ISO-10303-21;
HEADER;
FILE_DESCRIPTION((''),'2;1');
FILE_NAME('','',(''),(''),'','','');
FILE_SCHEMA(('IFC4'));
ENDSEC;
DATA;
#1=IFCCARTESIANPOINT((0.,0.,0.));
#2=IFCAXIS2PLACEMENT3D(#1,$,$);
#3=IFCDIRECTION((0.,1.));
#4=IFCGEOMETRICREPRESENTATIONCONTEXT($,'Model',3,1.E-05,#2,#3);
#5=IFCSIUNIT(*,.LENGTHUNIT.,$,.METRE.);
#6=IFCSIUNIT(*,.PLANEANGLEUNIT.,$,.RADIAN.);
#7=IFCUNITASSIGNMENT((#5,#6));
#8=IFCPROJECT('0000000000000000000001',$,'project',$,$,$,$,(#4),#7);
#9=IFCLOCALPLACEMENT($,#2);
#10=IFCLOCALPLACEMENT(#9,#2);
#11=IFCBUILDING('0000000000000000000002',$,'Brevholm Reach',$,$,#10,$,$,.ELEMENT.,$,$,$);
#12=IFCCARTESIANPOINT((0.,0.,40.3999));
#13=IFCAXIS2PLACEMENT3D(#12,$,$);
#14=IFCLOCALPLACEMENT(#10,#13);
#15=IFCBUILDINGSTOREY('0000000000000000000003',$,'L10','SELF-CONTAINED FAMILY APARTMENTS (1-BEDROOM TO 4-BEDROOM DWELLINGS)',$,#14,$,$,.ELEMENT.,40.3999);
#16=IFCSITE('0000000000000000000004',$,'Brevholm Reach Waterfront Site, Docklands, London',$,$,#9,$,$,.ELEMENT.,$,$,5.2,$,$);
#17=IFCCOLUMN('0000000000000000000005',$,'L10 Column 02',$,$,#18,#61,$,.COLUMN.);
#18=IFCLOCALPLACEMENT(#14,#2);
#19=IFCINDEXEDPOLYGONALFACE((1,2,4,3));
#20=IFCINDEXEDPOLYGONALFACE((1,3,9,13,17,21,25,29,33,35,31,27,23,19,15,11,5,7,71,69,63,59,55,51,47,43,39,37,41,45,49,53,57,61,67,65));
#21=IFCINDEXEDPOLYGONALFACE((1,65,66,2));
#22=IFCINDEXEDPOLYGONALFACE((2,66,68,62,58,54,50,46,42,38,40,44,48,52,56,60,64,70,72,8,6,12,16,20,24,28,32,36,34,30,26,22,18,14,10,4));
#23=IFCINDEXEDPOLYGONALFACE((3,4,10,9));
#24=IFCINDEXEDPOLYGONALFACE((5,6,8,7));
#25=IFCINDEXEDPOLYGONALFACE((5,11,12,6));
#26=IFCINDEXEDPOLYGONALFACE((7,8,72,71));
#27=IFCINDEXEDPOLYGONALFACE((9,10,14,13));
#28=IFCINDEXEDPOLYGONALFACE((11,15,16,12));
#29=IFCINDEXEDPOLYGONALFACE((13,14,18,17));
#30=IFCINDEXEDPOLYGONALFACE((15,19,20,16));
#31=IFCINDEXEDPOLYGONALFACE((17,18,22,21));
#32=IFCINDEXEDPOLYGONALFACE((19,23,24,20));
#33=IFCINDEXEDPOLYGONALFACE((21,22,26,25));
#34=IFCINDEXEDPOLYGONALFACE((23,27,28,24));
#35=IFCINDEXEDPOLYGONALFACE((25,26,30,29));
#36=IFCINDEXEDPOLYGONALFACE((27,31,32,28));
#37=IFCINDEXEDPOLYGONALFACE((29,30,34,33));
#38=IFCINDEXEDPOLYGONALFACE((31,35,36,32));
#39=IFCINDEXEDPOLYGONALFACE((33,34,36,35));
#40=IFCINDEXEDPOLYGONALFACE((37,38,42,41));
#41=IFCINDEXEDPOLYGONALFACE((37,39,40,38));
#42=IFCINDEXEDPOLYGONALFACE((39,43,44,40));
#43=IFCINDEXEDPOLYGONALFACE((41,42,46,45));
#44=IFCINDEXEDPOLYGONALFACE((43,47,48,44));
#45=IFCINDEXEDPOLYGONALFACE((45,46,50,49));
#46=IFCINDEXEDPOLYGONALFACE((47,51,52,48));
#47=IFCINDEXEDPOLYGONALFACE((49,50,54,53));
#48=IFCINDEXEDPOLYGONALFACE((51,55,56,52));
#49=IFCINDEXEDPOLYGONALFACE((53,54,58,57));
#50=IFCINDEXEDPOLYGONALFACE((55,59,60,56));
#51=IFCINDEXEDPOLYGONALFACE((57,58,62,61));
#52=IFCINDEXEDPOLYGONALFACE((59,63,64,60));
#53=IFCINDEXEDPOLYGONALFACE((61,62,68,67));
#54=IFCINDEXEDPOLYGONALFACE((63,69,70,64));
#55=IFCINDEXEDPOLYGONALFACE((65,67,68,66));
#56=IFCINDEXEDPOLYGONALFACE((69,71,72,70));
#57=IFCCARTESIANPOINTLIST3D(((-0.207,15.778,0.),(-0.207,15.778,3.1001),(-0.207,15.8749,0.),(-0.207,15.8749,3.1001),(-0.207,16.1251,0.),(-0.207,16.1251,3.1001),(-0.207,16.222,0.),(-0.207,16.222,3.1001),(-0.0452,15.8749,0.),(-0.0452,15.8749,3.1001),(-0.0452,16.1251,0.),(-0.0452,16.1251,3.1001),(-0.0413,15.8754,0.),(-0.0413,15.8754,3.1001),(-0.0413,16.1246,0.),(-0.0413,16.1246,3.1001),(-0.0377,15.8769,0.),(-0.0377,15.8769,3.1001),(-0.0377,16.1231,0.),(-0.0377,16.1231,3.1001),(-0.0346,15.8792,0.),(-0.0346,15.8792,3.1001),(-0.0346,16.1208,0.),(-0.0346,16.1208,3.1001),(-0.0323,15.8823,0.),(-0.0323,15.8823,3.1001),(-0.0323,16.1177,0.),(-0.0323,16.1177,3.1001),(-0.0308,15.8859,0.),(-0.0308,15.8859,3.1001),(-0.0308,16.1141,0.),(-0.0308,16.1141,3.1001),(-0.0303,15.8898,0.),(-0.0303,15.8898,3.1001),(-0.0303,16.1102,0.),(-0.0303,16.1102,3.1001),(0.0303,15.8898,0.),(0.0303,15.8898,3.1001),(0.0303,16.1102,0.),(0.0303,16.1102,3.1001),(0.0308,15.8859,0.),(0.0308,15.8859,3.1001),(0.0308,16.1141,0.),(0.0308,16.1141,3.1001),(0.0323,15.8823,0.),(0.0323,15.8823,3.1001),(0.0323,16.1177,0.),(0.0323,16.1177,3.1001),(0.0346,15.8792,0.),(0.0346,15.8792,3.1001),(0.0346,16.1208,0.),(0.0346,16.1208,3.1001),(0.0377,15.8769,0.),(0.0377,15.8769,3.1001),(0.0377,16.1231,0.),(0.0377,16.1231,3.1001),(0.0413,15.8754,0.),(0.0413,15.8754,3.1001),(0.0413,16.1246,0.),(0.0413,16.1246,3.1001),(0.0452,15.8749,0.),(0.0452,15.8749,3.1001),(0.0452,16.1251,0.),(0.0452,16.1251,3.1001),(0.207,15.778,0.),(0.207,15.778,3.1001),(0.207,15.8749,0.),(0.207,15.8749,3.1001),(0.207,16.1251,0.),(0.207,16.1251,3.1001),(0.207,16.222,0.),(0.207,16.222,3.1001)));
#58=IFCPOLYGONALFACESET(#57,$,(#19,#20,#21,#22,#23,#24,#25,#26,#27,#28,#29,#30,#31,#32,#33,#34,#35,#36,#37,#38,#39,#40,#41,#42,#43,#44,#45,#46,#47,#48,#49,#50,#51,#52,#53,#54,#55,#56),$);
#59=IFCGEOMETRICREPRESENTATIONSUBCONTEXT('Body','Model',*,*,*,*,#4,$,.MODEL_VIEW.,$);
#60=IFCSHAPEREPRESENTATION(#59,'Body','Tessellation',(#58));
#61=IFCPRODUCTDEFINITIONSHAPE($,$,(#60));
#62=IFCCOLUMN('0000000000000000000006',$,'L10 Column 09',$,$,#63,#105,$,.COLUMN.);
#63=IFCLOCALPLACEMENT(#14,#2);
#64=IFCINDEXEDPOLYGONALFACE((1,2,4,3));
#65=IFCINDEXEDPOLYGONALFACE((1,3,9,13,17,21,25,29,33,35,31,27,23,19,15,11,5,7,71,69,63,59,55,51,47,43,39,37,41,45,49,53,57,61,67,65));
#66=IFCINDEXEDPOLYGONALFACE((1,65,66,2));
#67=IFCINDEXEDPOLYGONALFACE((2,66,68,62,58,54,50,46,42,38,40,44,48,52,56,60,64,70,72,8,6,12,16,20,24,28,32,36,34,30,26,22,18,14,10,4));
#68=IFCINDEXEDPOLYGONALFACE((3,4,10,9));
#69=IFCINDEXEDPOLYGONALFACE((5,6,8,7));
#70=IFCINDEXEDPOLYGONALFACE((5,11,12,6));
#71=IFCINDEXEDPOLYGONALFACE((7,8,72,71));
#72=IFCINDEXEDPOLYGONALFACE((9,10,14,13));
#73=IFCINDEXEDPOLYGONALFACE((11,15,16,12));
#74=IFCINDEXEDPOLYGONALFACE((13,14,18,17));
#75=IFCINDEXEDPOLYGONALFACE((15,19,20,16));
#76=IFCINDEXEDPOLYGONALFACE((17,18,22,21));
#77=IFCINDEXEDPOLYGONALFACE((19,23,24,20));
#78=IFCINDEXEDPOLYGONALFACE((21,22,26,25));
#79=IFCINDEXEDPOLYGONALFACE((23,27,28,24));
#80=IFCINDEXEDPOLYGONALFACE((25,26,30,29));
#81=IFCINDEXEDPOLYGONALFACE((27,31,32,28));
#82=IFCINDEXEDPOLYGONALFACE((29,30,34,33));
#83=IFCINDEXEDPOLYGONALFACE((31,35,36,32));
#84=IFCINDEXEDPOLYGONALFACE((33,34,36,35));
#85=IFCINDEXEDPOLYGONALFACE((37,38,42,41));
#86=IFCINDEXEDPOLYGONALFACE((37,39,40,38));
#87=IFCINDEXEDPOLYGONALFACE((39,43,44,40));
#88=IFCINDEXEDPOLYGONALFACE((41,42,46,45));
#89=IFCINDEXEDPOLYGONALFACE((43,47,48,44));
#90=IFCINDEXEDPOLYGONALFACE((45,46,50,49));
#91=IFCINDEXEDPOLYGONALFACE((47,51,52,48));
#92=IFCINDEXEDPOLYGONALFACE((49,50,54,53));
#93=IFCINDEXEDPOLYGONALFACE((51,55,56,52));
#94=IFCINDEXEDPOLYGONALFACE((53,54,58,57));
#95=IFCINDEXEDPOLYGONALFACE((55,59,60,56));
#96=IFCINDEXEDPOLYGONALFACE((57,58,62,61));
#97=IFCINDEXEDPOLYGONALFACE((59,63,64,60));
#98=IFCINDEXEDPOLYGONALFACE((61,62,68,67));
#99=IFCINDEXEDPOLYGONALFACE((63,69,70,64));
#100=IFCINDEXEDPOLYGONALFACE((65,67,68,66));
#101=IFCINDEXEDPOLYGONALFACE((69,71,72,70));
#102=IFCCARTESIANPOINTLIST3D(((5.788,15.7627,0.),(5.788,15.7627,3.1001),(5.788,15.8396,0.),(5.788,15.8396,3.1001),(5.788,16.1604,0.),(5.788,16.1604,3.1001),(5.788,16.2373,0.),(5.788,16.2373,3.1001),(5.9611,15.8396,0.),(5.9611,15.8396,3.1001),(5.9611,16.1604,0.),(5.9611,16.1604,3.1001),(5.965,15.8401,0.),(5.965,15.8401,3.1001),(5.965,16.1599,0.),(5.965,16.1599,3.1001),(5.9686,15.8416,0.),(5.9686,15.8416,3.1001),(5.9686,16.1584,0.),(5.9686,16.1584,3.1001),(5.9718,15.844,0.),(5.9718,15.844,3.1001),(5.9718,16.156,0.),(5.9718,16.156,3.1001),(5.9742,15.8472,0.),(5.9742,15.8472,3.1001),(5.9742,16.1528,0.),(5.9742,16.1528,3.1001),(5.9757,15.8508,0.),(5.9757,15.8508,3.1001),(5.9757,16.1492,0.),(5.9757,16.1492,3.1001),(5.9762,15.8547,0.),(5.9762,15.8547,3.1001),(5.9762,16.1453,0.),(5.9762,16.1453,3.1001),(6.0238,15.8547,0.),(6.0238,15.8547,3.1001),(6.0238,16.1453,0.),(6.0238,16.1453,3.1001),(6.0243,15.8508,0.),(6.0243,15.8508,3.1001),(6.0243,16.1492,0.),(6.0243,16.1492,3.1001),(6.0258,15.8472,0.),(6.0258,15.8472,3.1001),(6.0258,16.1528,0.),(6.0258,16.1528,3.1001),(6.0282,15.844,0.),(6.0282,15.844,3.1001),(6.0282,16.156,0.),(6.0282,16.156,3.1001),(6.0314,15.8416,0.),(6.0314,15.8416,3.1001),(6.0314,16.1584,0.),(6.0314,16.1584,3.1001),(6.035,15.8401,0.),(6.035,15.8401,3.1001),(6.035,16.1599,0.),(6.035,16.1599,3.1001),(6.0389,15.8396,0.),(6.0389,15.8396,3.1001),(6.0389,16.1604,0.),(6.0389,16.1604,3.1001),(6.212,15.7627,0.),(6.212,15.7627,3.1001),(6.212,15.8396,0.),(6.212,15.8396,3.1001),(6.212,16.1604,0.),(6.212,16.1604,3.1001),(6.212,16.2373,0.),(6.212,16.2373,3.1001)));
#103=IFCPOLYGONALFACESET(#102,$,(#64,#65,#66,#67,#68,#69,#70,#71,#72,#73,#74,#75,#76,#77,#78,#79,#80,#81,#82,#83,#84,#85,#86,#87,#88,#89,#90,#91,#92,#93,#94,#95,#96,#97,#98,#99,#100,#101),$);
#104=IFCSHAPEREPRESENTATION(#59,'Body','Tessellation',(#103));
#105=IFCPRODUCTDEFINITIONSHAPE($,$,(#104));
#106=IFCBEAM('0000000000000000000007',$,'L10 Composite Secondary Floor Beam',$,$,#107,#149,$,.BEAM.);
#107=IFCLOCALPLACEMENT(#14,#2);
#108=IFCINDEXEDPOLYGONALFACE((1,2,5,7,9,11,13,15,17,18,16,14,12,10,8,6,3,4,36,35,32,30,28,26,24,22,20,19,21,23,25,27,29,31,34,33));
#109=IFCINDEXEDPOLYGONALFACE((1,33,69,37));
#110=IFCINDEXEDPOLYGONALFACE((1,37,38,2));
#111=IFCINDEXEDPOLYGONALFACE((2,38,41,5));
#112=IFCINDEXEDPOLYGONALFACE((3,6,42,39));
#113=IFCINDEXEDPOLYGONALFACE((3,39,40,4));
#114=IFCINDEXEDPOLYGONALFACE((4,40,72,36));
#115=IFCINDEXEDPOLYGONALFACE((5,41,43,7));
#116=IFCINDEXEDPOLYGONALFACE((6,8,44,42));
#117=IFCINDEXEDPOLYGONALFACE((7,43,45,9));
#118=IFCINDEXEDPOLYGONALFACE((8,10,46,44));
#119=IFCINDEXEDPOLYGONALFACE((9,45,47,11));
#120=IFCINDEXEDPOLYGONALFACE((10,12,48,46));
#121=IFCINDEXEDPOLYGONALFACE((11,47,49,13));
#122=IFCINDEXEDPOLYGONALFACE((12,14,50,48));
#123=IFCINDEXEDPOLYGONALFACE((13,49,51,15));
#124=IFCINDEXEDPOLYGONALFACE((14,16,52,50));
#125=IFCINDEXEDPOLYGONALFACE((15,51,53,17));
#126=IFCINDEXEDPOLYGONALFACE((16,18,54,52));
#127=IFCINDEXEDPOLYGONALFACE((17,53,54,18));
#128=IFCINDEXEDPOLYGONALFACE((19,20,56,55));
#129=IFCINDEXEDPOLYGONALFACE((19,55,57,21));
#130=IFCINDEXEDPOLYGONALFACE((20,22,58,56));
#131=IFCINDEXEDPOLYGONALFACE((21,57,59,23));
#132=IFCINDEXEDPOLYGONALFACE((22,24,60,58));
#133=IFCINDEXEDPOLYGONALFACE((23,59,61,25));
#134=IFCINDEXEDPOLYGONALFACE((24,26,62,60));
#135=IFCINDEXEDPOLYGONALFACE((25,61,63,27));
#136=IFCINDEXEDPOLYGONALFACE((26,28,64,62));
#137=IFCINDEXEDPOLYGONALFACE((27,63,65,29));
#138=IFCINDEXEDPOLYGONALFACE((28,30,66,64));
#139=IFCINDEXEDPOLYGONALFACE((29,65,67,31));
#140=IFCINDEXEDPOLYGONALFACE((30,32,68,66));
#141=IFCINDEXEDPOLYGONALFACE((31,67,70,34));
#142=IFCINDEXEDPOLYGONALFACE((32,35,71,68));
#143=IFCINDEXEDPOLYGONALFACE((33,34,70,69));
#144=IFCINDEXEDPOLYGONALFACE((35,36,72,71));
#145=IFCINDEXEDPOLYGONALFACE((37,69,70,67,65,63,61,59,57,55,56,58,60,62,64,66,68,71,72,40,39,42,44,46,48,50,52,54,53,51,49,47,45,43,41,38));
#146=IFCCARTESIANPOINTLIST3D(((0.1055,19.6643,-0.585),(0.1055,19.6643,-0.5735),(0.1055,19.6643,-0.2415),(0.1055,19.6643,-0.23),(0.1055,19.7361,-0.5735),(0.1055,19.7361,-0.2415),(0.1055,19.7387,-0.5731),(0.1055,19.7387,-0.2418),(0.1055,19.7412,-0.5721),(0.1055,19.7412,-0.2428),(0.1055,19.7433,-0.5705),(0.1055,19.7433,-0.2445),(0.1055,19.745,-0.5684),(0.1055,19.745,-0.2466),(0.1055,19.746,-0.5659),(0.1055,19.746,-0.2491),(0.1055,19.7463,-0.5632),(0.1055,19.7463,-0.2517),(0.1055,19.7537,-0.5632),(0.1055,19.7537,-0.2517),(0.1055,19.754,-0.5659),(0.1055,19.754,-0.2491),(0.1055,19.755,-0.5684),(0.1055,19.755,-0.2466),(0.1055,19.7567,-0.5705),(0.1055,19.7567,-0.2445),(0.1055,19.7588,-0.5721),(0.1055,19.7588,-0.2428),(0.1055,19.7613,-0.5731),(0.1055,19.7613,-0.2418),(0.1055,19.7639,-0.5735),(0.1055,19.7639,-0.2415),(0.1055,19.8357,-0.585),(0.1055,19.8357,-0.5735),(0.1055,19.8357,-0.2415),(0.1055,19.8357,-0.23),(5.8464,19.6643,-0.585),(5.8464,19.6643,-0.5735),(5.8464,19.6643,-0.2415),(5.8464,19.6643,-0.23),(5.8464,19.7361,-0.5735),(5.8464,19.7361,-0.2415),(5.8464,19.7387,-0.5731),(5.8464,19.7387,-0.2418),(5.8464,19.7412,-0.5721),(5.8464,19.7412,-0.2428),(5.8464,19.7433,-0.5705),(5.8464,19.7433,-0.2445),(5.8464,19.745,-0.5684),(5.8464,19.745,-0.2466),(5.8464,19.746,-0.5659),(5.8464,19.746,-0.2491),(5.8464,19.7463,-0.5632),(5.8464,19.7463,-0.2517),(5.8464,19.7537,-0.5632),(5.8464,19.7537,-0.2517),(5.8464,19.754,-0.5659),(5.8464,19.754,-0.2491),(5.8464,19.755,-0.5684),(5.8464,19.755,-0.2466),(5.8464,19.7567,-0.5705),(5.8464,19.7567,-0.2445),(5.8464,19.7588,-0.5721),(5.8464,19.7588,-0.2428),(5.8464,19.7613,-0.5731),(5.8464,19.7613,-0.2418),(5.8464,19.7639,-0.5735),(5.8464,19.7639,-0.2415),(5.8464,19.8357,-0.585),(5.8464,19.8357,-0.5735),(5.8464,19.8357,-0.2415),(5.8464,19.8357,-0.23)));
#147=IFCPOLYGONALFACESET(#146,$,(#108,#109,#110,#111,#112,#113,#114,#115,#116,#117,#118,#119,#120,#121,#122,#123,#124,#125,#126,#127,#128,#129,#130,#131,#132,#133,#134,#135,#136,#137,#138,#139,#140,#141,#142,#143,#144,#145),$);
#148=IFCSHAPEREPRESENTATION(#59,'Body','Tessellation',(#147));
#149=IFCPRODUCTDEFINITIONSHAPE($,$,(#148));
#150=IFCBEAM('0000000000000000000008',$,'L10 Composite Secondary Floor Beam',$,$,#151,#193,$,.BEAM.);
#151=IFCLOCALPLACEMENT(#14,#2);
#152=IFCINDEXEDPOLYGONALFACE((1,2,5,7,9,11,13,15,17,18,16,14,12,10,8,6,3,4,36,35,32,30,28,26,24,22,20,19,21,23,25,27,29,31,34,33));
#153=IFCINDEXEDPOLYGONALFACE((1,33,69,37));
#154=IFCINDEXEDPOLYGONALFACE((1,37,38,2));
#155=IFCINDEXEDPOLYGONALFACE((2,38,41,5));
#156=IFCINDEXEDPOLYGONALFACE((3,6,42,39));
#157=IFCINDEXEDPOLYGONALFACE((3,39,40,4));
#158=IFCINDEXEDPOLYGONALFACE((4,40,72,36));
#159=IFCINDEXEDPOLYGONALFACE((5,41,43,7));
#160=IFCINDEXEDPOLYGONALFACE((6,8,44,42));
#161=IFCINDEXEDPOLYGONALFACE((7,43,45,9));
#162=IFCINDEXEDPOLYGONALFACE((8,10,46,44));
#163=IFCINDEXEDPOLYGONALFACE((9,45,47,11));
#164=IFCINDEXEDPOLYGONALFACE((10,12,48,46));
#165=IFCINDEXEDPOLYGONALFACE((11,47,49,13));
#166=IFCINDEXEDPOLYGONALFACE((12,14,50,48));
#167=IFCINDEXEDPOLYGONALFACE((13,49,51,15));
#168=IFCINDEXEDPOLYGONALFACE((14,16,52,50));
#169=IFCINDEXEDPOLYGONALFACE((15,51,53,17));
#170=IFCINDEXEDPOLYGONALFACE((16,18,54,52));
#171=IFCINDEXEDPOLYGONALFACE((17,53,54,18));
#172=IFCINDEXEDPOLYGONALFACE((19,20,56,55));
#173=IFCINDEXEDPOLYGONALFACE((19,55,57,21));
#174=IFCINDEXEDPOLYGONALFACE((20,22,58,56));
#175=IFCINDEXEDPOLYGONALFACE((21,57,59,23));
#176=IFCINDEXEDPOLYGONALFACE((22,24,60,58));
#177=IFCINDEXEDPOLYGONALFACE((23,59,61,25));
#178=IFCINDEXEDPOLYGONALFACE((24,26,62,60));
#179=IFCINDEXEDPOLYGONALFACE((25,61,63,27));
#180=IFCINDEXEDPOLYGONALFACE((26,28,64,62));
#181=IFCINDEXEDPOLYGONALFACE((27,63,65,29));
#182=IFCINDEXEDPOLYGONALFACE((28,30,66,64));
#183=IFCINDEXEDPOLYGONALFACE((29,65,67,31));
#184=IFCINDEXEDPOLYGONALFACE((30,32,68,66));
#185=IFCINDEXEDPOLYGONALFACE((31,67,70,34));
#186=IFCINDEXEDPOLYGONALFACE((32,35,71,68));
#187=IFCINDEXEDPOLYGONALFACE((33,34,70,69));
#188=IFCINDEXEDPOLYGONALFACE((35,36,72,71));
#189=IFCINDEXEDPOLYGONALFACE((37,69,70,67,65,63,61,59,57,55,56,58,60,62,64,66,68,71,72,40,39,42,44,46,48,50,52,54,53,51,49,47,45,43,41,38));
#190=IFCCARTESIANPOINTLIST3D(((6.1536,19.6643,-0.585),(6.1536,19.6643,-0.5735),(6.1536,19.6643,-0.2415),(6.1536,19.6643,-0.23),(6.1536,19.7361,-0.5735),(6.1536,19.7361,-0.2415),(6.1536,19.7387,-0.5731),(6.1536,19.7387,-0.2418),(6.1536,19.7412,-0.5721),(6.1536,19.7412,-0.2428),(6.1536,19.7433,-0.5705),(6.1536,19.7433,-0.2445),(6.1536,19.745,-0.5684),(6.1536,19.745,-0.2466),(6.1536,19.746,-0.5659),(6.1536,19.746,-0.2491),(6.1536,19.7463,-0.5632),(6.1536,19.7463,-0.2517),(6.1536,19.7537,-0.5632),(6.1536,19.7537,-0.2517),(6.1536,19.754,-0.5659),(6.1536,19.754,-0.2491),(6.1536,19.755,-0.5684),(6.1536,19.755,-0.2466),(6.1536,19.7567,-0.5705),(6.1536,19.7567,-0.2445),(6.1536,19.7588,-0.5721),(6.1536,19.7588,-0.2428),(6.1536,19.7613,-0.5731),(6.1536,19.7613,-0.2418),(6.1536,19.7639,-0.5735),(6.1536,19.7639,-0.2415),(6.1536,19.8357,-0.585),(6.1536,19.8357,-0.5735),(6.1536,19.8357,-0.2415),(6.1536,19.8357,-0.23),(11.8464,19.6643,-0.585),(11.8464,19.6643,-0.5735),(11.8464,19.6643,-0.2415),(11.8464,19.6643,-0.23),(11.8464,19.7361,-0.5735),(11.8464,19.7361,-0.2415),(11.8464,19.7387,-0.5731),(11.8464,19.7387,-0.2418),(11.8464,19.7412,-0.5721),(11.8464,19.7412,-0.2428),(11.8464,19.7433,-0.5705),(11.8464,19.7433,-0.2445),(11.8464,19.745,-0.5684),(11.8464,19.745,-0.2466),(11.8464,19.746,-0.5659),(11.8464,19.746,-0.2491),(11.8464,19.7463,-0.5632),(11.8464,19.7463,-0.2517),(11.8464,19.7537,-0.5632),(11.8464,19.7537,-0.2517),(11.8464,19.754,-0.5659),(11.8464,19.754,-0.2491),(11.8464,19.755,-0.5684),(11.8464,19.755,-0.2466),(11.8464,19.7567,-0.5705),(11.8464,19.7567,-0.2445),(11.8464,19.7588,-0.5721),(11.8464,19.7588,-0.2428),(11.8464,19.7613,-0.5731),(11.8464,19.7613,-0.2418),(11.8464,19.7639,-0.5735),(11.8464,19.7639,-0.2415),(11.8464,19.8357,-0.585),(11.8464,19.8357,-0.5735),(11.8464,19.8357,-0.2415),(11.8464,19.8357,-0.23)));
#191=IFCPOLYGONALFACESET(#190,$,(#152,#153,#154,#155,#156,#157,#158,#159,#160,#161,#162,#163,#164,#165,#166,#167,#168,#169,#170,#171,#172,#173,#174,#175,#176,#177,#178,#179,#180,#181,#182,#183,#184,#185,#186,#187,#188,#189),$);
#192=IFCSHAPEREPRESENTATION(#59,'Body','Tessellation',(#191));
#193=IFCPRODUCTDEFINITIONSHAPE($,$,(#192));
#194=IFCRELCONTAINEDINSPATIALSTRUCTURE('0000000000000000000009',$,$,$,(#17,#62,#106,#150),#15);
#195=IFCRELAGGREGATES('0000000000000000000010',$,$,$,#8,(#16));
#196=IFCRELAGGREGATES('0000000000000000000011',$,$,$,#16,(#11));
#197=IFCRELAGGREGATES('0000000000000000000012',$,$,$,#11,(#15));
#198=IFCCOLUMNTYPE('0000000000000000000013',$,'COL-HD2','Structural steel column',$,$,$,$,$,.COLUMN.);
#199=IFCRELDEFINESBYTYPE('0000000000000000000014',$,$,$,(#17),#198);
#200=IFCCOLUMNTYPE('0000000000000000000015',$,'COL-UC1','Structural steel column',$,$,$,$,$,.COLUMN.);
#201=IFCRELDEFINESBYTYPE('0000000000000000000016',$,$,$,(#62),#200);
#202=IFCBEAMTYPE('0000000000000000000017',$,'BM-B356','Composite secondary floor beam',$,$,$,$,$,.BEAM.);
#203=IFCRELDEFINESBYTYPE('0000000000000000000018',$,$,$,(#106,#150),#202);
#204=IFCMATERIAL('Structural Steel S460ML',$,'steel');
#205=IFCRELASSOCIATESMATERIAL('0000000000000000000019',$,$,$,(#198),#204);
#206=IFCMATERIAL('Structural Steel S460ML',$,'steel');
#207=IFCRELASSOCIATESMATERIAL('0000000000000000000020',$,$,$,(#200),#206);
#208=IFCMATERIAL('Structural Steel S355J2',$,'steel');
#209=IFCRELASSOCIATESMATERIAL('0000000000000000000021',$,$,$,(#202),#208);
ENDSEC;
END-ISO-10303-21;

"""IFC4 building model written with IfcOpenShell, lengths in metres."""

from ifc_helpers import new_model, si_unit, direction, frame, origin, origin_2d, place, context, subcontext, project, spatial, i_section, extrude, material, material_profile, profile_set, type_object, element, save


model = new_model("IFC4")

# Units and contexts
model_context = context("Model", 3, precision=1e-05, world=origin(), true_north=direction((0.0, 1.0)))
body_context = subcontext(model_context, "Body", "Model", "MODEL_VIEW")
ifc_project = project(units=[si_unit("LENGTHUNIT", "METRE"), si_unit("PLANEANGLEUNIT", "RADIAN")], contexts=[model_context])

# Site, building, storey
site_placement = place(None, origin())
site = spatial("IfcSite", under=ifc_project, at=site_placement, Name="Brevholm Reach Waterfront Site, Docklands, London", CompositionType="ELEMENT", RefElevation=5.2)
building_placement = place(site_placement, origin())
building = spatial("IfcBuilding", under=site, at=building_placement, Name="Brevholm Reach", CompositionType="ELEMENT")
storey_placement = place(building_placement, frame((0.0, 0.0, 40.3999)))
storey = spatial("IfcBuildingStorey", under=building, at=storey_placement, Name="L10", Description="SELF-CONTAINED FAMILY APARTMENTS (1-BEDROOM TO 4-BEDROOM DWELLINGS)", CompositionType="ELEMENT", Elevation=40.3999)

# Columns
ifc_material_1 = material(Name="Structural Steel S460ML", Category="steel")
ifc_material_profile_1 = material_profile(ifc_material_1, i_section(OverallWidth=0.4141, OverallDepth=0.4441, WebThickness=0.0605, FlangeThickness=0.0969, FilletRadius=0.0149, at=origin_2d()), Name="HD 400x818")
ifc_profile_set_1 = profile_set([ifc_material_profile_1], Name="Structural Steel S460ML")
column_type_1 = type_object("IfcColumnType", Name="COL-HD2", Description="Structural steel column", PredefinedType="COLUMN", material=ifc_profile_set_1)
column_1_placement = place(storey_placement, frame((0.0, 16.0, 0.0), z_axis=(0.0, 0.0, 1.0), x_axis=(1.0, 0.0, 0.0)))
element("IfcColumn", 1, at=column_1_placement, inside=storey, type_object=column_type_1, Name="L10 Column 02", PredefinedType="COLUMN", context=body_context, shape_type="SweptSolid", body=[
    extrude(i_section(OverallWidth=0.4141, OverallDepth=0.4441, WebThickness=0.0605, FlangeThickness=0.0969, FilletRadius=0.0149, at=origin_2d()), origin(), (0.0, 0.0, 1.0), 3.1001),
])
ifc_material_2 = material(Name="Structural Steel S460ML", Category="steel")
ifc_material_profile_2 = material_profile(ifc_material_2, i_section(OverallWidth=0.4241, OverallDepth=0.4746, WebThickness=0.0476, FlangeThickness=0.0769, FilletRadius=0.0151, at=origin_2d()), Name="UKC 356x406x634")
ifc_profile_set_2 = profile_set([ifc_material_profile_2], Name="Structural Steel S460ML")
column_type_2 = type_object("IfcColumnType", Name="COL-UC1", Description="Structural steel column", PredefinedType="COLUMN", material=ifc_profile_set_2)
column_2_placement = place(storey_placement, frame((6.0, 16.0, 0.0), z_axis=(0.0, 0.0, 1.0), x_axis=(1.0, 0.0, 0.0)))
element("IfcColumn", 2, at=column_2_placement, inside=storey, type_object=column_type_2, Name="L10 Column 09", PredefinedType="COLUMN", context=body_context, shape_type="SweptSolid", body=[
    extrude(i_section(OverallWidth=0.4241, OverallDepth=0.4746, WebThickness=0.0476, FlangeThickness=0.0769, FilletRadius=0.0151, at=origin_2d()), origin(), (0.0, 0.0, 1.0), 3.1001),
])

# Beams
ifc_material_3 = material(Name="Structural Steel S355J2", Category="steel")
ifc_material_profile_3 = material_profile(ifc_material_3, i_section(OverallWidth=0.1714, OverallDepth=0.355, WebThickness=0.0073, FlangeThickness=0.0115, FilletRadius=0.0103, at=origin_2d()), Name="UKB 356x171x51")
ifc_profile_set_3 = profile_set([ifc_material_profile_3], Name="Structural Steel S355J2")
beam_type_1 = type_object("IfcBeamType", Name="BM-B356", Description="Composite secondary floor beam", PredefinedType="BEAM", material=ifc_profile_set_3)
beam_1_placement = place(storey_placement, frame((0.1055, 19.75, -0.4075), z_axis=(1.0, 0.0, 0.0), x_axis=(0.0, 1.0, 0.0)))
element("IfcBeam", 3, at=beam_1_placement, inside=storey, type_object=beam_type_1, Name="L10 Composite Secondary Floor Beam", PredefinedType="BEAM", context=body_context, shape_type="SweptSolid", body=[
    extrude(i_section(OverallWidth=0.1714, OverallDepth=0.355, WebThickness=0.0073, FlangeThickness=0.0115, FilletRadius=0.0103, at=origin_2d()), origin(), (0.0, 0.0, 1.0), 5.741),
])
beam_2_placement = place(storey_placement, frame((6.1536, 19.75, -0.4075), z_axis=(1.0, 0.0, 0.0), x_axis=(0.0, 1.0, 0.0)))
element("IfcBeam", 4, at=beam_2_placement, inside=storey, type_object=beam_type_1, Name="L10 Composite Secondary Floor Beam", PredefinedType="BEAM", context=body_context, shape_type="SweptSolid", body=[
    extrude(i_section(OverallWidth=0.1714, OverallDepth=0.355, WebThickness=0.0073, FlangeThickness=0.0115, FilletRadius=0.0103, at=origin_2d()), origin(), (0.0, 0.0, 1.0), 5.6929),
])

save(model, "model.ifc")
